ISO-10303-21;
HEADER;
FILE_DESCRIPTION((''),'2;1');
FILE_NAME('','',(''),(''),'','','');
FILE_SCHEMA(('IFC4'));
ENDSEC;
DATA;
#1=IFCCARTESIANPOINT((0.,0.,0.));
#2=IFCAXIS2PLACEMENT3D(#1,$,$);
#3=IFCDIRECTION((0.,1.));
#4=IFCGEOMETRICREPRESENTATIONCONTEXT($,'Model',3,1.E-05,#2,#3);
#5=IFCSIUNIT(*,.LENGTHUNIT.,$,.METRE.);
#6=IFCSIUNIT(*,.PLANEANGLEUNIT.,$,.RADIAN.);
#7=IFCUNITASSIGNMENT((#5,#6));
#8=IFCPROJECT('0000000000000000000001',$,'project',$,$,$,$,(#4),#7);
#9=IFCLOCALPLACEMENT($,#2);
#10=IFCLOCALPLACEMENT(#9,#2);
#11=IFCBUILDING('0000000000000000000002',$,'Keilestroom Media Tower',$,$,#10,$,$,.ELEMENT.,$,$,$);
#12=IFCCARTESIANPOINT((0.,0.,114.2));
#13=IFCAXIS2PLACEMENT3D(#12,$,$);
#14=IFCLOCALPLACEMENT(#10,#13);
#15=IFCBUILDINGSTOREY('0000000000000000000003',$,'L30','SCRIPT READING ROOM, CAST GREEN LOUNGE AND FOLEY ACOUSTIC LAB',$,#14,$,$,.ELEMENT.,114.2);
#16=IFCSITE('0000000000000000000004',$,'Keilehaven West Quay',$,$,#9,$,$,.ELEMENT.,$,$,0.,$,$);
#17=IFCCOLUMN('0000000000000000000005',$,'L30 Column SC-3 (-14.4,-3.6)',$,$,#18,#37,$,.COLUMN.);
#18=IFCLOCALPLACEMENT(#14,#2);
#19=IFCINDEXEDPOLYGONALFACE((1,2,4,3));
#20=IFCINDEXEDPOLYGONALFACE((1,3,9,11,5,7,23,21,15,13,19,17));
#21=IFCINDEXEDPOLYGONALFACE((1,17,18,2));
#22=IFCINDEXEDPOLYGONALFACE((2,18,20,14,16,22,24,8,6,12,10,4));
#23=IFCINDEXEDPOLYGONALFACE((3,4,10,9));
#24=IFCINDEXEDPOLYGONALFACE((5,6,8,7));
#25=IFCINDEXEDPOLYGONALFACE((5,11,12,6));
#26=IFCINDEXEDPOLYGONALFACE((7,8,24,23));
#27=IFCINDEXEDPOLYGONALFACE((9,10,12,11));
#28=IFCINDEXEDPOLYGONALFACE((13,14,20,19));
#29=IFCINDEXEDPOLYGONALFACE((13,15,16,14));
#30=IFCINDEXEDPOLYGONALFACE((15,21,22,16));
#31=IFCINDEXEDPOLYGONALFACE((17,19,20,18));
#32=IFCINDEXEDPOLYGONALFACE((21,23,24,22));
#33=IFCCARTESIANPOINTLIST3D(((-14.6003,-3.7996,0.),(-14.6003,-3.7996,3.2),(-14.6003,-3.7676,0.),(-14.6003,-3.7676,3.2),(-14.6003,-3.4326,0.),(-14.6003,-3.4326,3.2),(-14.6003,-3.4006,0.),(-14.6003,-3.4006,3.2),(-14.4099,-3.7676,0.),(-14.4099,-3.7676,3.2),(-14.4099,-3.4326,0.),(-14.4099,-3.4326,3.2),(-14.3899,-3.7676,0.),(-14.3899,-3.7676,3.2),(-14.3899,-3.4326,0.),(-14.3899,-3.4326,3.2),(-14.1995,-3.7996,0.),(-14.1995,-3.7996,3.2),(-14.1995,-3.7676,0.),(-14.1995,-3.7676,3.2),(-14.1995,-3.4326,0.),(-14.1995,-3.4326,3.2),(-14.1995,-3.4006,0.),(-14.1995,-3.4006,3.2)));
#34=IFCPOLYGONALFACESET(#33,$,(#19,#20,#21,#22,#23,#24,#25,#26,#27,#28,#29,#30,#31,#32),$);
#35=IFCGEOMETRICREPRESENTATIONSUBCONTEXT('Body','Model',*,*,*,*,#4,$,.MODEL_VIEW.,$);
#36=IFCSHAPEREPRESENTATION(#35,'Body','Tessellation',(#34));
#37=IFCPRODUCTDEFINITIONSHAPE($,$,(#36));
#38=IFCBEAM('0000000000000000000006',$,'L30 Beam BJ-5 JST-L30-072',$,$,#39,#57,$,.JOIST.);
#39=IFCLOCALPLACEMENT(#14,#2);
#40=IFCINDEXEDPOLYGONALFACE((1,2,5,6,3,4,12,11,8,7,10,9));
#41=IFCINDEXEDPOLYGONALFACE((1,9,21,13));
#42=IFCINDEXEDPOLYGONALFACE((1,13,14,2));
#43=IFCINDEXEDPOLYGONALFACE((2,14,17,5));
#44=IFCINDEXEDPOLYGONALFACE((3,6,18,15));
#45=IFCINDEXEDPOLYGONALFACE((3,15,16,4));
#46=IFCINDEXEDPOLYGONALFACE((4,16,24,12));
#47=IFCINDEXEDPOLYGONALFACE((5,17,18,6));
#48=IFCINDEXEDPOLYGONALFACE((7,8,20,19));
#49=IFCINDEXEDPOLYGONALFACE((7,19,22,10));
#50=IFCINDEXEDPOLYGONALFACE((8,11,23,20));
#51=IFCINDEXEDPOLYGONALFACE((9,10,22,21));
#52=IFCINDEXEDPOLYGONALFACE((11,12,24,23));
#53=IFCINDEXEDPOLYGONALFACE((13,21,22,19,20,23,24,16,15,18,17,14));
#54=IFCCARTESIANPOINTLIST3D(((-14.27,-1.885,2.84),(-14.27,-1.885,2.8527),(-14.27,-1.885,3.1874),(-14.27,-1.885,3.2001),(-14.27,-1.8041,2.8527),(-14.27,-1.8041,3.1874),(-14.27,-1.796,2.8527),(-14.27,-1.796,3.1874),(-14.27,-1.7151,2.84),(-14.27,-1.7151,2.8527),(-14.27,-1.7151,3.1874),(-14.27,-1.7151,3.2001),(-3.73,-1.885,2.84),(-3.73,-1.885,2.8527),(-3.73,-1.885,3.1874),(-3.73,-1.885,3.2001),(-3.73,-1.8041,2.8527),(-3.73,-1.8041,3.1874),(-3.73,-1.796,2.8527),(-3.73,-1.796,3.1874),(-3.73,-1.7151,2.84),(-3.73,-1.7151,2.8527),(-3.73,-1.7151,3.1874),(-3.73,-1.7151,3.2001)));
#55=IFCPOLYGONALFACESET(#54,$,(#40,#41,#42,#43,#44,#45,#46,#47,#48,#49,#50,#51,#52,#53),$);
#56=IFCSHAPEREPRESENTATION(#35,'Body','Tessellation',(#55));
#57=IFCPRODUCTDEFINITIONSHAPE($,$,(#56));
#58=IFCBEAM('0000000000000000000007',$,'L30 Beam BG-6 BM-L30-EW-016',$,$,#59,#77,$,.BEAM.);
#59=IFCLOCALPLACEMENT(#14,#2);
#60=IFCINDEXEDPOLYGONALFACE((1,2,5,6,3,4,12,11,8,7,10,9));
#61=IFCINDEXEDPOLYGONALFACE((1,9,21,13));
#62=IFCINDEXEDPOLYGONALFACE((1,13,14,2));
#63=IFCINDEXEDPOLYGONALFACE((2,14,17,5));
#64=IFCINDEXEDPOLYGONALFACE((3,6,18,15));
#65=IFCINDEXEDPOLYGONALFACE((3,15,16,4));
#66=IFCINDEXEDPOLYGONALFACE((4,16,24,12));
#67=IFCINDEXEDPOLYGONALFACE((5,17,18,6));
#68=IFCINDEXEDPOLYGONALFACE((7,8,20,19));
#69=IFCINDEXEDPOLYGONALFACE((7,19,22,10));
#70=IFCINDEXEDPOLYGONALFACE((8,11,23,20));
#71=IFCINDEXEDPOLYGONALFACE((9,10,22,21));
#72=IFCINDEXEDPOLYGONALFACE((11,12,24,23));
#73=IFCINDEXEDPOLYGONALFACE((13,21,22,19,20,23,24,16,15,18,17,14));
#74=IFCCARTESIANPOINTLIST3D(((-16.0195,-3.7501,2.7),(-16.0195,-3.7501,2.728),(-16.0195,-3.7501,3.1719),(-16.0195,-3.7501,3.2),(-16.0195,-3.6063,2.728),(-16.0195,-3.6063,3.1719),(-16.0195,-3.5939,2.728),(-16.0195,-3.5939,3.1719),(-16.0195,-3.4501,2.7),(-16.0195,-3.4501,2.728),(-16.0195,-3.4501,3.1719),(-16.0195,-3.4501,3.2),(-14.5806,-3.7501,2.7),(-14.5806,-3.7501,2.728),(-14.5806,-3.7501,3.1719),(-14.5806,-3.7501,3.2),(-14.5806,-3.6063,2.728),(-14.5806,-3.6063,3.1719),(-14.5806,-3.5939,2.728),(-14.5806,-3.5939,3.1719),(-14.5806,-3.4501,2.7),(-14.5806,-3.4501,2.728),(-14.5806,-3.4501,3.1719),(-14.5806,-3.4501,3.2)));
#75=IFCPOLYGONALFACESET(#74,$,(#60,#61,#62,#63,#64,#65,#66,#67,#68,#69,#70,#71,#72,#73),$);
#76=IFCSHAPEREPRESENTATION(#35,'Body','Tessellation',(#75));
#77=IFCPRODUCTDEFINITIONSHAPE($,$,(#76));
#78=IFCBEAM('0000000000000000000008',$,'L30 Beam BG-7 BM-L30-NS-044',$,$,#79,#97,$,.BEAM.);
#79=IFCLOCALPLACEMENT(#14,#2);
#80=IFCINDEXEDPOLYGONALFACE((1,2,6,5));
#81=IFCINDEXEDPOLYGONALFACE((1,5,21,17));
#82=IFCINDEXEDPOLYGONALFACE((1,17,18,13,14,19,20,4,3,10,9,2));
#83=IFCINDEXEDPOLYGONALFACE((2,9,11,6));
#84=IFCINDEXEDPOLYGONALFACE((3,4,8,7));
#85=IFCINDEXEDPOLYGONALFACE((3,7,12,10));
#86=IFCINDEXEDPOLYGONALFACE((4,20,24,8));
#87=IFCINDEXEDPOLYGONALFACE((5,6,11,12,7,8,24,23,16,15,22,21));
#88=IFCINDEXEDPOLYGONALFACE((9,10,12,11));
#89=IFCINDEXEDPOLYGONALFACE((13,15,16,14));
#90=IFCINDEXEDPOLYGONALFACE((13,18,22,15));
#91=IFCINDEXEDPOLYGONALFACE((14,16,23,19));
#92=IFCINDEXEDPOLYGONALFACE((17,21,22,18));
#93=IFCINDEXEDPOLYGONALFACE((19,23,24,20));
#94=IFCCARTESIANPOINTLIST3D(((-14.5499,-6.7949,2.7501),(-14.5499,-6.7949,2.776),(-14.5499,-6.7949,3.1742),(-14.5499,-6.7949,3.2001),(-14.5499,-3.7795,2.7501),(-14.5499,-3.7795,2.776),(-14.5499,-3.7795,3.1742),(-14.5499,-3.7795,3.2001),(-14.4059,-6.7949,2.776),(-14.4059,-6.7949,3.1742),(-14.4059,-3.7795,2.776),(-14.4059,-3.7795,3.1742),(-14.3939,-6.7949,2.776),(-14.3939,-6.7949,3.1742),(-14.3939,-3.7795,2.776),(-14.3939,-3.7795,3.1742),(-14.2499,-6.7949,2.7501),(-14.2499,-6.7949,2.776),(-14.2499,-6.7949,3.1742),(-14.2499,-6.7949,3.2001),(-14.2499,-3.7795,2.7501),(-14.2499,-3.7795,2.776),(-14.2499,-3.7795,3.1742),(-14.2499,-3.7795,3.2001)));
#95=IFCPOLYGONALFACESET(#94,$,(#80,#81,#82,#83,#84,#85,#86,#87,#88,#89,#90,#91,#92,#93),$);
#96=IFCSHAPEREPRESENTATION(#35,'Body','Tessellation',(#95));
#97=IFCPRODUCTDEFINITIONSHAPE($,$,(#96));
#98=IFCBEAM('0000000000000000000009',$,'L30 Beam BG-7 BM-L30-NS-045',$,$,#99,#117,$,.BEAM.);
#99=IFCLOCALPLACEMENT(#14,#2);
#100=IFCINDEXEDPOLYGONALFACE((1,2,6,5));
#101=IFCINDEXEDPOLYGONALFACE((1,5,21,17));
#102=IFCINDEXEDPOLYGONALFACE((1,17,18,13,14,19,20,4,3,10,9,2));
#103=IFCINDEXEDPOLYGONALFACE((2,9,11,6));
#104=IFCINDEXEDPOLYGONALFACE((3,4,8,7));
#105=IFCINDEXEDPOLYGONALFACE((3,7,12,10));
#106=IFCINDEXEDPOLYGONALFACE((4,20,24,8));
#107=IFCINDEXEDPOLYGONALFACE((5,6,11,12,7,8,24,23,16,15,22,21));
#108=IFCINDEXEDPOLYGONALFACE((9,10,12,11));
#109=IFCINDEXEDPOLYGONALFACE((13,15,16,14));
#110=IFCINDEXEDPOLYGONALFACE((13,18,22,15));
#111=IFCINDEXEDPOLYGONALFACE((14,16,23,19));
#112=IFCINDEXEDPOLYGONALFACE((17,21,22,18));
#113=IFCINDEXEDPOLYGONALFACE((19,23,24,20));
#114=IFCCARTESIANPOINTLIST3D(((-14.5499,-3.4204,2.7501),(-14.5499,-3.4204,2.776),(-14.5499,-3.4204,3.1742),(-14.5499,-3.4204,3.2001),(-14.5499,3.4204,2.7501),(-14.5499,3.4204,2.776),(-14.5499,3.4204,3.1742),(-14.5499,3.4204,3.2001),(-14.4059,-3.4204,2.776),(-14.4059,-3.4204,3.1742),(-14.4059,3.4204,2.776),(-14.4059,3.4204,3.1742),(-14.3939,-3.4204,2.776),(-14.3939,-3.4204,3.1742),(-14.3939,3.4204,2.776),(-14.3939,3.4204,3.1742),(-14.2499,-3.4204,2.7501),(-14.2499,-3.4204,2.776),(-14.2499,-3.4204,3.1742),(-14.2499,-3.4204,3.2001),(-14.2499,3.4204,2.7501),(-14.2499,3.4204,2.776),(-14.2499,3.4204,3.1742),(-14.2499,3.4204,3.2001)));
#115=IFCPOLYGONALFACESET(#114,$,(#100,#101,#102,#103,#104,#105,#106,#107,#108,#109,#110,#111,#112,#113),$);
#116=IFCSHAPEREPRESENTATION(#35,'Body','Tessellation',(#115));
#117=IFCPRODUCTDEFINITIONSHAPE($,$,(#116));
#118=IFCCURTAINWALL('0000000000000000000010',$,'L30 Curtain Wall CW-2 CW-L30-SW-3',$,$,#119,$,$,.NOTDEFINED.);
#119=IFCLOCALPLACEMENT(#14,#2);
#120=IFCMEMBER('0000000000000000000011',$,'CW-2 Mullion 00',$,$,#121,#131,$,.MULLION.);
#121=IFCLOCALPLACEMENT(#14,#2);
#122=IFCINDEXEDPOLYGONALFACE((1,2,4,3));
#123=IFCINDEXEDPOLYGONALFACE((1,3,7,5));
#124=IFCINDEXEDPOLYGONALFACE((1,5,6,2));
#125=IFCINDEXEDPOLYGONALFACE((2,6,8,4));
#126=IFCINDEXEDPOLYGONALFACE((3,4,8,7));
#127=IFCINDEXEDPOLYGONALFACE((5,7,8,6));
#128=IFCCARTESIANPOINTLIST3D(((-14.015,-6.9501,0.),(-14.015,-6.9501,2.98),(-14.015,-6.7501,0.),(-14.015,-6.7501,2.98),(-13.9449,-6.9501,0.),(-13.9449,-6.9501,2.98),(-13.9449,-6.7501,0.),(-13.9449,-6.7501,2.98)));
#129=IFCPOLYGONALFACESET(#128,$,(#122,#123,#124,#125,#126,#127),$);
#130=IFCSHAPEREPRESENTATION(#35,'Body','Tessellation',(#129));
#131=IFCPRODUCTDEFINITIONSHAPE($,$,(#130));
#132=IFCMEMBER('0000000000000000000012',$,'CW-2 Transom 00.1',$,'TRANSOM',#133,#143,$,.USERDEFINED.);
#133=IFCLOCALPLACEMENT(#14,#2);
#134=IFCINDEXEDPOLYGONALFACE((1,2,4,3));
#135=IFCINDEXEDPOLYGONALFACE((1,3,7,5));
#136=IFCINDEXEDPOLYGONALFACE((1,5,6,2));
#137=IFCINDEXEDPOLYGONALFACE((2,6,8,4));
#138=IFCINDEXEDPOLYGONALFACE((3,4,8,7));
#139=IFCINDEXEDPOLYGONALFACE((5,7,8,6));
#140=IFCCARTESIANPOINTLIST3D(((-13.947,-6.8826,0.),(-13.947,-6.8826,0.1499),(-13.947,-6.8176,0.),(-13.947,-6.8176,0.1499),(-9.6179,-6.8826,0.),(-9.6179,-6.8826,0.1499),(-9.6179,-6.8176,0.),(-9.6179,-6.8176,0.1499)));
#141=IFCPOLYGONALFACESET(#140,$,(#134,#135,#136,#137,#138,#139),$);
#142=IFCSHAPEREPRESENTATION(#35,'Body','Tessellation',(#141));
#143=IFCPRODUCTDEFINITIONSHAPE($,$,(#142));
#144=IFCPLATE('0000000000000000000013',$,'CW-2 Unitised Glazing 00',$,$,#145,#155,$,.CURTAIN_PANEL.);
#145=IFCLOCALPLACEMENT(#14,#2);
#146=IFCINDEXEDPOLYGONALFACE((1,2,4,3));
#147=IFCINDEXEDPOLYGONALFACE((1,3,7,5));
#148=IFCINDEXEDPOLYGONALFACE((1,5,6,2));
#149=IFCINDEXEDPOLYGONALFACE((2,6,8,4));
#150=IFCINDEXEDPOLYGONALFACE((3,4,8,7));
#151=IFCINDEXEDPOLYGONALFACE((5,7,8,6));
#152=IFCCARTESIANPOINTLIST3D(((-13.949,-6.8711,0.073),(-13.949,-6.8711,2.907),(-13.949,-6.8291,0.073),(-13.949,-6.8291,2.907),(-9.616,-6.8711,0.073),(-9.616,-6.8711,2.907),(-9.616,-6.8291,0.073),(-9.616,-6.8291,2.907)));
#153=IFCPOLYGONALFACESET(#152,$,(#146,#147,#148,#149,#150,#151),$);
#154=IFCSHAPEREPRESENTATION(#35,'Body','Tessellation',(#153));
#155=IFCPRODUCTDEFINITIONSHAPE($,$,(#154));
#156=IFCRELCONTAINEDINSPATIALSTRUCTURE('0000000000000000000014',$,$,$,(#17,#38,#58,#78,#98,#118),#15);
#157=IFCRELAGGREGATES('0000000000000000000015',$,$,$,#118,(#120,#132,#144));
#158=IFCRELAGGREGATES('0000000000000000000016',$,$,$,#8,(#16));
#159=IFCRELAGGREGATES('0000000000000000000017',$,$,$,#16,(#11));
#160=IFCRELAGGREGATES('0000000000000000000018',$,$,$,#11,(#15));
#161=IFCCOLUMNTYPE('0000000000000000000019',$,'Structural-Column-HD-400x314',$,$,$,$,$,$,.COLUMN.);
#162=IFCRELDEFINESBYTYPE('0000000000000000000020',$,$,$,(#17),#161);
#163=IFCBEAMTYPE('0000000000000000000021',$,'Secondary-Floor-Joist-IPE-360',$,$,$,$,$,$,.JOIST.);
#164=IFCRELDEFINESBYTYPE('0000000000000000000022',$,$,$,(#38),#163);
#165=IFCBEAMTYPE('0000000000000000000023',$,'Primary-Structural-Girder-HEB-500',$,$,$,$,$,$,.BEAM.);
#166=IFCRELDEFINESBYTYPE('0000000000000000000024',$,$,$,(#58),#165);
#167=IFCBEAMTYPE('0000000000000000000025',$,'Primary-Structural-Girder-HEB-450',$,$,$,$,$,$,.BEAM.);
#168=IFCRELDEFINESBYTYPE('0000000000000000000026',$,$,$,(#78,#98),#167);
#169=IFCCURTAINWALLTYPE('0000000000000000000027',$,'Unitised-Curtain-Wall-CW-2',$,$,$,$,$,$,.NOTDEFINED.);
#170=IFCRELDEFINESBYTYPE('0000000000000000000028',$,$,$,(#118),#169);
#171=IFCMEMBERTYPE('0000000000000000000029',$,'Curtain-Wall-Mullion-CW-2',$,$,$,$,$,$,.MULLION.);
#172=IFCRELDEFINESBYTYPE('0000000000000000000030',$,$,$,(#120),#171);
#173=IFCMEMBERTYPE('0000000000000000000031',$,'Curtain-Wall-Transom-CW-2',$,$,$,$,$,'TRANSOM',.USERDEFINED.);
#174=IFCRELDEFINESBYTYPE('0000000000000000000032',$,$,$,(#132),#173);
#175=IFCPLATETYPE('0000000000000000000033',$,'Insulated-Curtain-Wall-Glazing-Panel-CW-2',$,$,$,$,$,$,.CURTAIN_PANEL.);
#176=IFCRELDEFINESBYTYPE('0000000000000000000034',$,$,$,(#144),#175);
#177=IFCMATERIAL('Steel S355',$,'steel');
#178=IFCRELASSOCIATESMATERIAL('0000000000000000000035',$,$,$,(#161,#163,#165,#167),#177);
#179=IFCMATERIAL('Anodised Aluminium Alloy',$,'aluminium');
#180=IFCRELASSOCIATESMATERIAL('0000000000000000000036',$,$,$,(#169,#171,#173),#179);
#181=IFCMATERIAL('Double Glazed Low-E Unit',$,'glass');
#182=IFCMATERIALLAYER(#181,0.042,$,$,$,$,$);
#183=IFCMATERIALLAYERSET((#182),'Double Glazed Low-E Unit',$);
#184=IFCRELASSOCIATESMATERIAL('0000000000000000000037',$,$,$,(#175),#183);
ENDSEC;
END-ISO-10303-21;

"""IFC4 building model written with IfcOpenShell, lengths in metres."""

from ifc_helpers import new_model, si_unit, direction, frame, origin, origin_2d, place, context, subcontext, project, spatial, rectangle, i_section, extrude, source, transform, mapped, material, layer, layer_set, material_profile, profile_set, type_object, element, aggregate, save


model = new_model("IFC4")

# Units and contexts
model_context = context("Model", 3, precision=1e-05, world=origin(), true_north=direction((0.0, 1.0)))
body_context = subcontext(model_context, "Body", "Model", "MODEL_VIEW")
ifc_project = project(units=[si_unit("LENGTHUNIT", "METRE"), si_unit("PLANEANGLEUNIT", "RADIAN")], contexts=[model_context])

# Site, building, storey
site_placement = place(None, origin())
site = spatial("IfcSite", under=ifc_project, at=site_placement, Name="Keilehaven West Quay", CompositionType="ELEMENT", RefElevation=0.0)
building_placement = place(site_placement, origin())
building = spatial("IfcBuilding", under=site, at=building_placement, Name="Keilestroom Media Tower", CompositionType="ELEMENT")
storey_placement = place(building_placement, frame((0.0, 0.0, 114.2)))
storey = spatial("IfcBuildingStorey", under=building, at=storey_placement, Name="L30", Description="SCRIPT READING ROOM, CAST GREEN LOUNGE AND FOLEY ACOUSTIC LAB", CompositionType="ELEMENT", Elevation=114.2)

# Column
ifc_material_1 = material(Name="Steel S355", Category="steel")
ifc_material_profile_1 = material_profile(ifc_material_1, i_section(OverallWidth=0.4009, OverallDepth=0.3989, WebThickness=0.02, FlangeThickness=0.032, at=origin_2d()), Name="HD 400x314")
ifc_profile_set_1 = profile_set([ifc_material_profile_1], Name="Steel S355")
column_type = type_object("IfcColumnType", Name="Structural-Column-HD-400x314", PredefinedType="COLUMN", material=ifc_profile_set_1)
shared_shape_1 = source(origin(), body_context, "Body", "SweptSolid", [
    extrude(i_section(OverallWidth=0.4009, OverallDepth=0.3989, WebThickness=0.02, FlangeThickness=0.032, at=origin_2d()), origin(), (0.0, 0.0, 1.0), 3.2),
])
column_placement = place(storey_placement, frame((-14.3999, -3.6001, 0.0), z_axis=(0.0, 0.0, 1.0), x_axis=(1.0, 0.0, 0.0)))
element("IfcColumn", 1, at=column_placement, inside=storey, type_object=column_type, Name="L30 Column SC-3 (-14.4,-3.6)", PredefinedType="COLUMN", context=body_context, shape_type="MappedRepresentation", body=[
    mapped(shared_shape_1, transform((0.0, 0.0, 0.0), x_axis=(1.0, 0.0, 0.0), y_axis=(0.0, 1.0, 0.0), z_axis=(0.0, 0.0, 1.0), scale=1.0)),
])

# Beams
ifc_material_profile_2 = material_profile(ifc_material_1, i_section(OverallWidth=0.1699, OverallDepth=0.3601, WebThickness=0.0081, FlangeThickness=0.0127, at=origin_2d()), Name="IPE 360")
ifc_profile_set_2 = profile_set([ifc_material_profile_2], Name="Steel S355")
beam_type_1 = type_object("IfcBeamType", Name="Secondary-Floor-Joist-IPE-360", PredefinedType="JOIST", material=ifc_profile_set_2)
shared_shape_2 = source(origin(), body_context, "Body", "SweptSolid", [
    extrude(i_section(OverallWidth=0.1699, OverallDepth=0.3601, WebThickness=0.0081, FlangeThickness=0.0127, at=origin_2d()), origin(), (0.0, 0.0, 1.0), 10.54),
])
beam_1_placement = place(storey_placement, frame((-14.27, -1.8, 3.02), z_axis=(1.0, 0.0, 0.0), x_axis=(0.0, 1.0, 0.0)))
element("IfcBeam", 2, at=beam_1_placement, inside=storey, type_object=beam_type_1, Name="L30 Beam BJ-5 JST-L30-072", PredefinedType="JOIST", context=body_context, shape_type="MappedRepresentation", body=[
    mapped(shared_shape_2, transform((0.0, 0.0, 0.0), x_axis=(1.0, 0.0, 0.0), y_axis=(0.0, 1.0, 0.0), z_axis=(0.0, 0.0, 1.0), scale=1.0)),
])
ifc_material_profile_3 = material_profile(ifc_material_1, i_section(OverallWidth=0.3, OverallDepth=0.5, WebThickness=0.0125, FlangeThickness=0.0281, at=origin_2d()), Name="HEB 500")
ifc_profile_set_3 = profile_set([ifc_material_profile_3], Name="Steel S355")
beam_type_2 = type_object("IfcBeamType", Name="Primary-Structural-Girder-HEB-500", PredefinedType="BEAM", material=ifc_profile_set_3)
shared_shape_3 = source(origin(), body_context, "Body", "SweptSolid", [
    extrude(i_section(OverallWidth=0.3, OverallDepth=0.5, WebThickness=0.0125, FlangeThickness=0.0281, at=origin_2d()), origin(), (0.0, 0.0, 1.0), 1.439),
])
beam_2_placement = place(storey_placement, frame((-16.0195, -3.6001, 2.95), z_axis=(1.0, 0.0, 0.0), x_axis=(0.0, 1.0, 0.0)))
element("IfcBeam", 3, at=beam_2_placement, inside=storey, type_object=beam_type_2, Name="L30 Beam BG-6 BM-L30-EW-016", PredefinedType="BEAM", context=body_context, shape_type="MappedRepresentation", body=[
    mapped(shared_shape_3, transform((0.0, 0.0, 0.0), x_axis=(1.0, 0.0, 0.0), y_axis=(0.0, 1.0, 0.0), z_axis=(0.0, 0.0, 1.0), scale=1.0)),
])
ifc_material_profile_4 = material_profile(ifc_material_1, i_section(OverallWidth=0.3, OverallDepth=0.45, WebThickness=0.012, FlangeThickness=0.0259, at=origin_2d()), Name="HEB 450")
ifc_profile_set_4 = profile_set([ifc_material_profile_4], Name="Steel S355")
beam_type_3 = type_object("IfcBeamType", Name="Primary-Structural-Girder-HEB-450", PredefinedType="BEAM", material=ifc_profile_set_4)
shared_shape_4 = source(origin(), body_context, "Body", "SweptSolid", [
    extrude(i_section(OverallWidth=0.3, OverallDepth=0.45, WebThickness=0.012, FlangeThickness=0.0259, at=origin_2d()), origin(), (0.0, 0.0, 1.0), 3.0154),
])
beam_3_placement = place(storey_placement, frame((-14.3999, -6.7949, 2.9751), z_axis=(0.0, 1.0, 0.0), x_axis=(-1.0, 0.0, 0.0)))
element("IfcBeam", 4, at=beam_3_placement, inside=storey, type_object=beam_type_3, Name="L30 Beam BG-7 BM-L30-NS-044", PredefinedType="BEAM", context=body_context, shape_type="MappedRepresentation", body=[
    mapped(shared_shape_4, transform((0.0, 0.0, 0.0), x_axis=(1.0, 0.0, 0.0), y_axis=(0.0, 1.0, 0.0), z_axis=(0.0, 0.0, 1.0), scale=1.0)),
])
shared_shape_5 = source(origin(), body_context, "Body", "SweptSolid", [
    extrude(i_section(OverallWidth=0.3, OverallDepth=0.45, WebThickness=0.012, FlangeThickness=0.0259, at=origin_2d()), origin(), (0.0, 0.0, 1.0), 6.8408),
])
beam_4_placement = place(storey_placement, frame((-14.3999, -3.4204, 2.9751), z_axis=(0.0, 1.0, 0.0), x_axis=(-1.0, 0.0, 0.0)))
element("IfcBeam", 5, at=beam_4_placement, inside=storey, type_object=beam_type_3, Name="L30 Beam BG-7 BM-L30-NS-045", PredefinedType="BEAM", context=body_context, shape_type="MappedRepresentation", body=[
    mapped(shared_shape_5, transform((0.0, 0.0, 0.0), x_axis=(1.0, 0.0, 0.0), y_axis=(0.0, 1.0, 0.0), z_axis=(0.0, 0.0, 1.0), scale=1.0)),
])

# Curtain wall, members, plate
ifc_material_2 = material(Name="Anodised Aluminium Alloy", Category="aluminium")
curtain_wall_type = type_object("IfcCurtainWallType", Name="Unitised-Curtain-Wall-CW-2", PredefinedType="NOTDEFINED", material=ifc_material_2)
curtain_wall_placement = place(storey_placement, origin())
curtain_wall = element("IfcCurtainWall", 6, at=curtain_wall_placement, inside=storey, type_object=curtain_wall_type, Name="L30 Curtain Wall CW-2 CW-L30-SW-3", PredefinedType="NOTDEFINED")
ifc_material_profile_5 = material_profile(ifc_material_2, rectangle(XDim=0.0701, YDim=0.2, at=origin_2d()), Name="ALU MULLION 70x200")
ifc_profile_set_5 = profile_set([ifc_material_profile_5], Name="Anodised Aluminium Alloy")
member_type_1 = type_object("IfcMemberType", Name="Curtain-Wall-Mullion-CW-2", PredefinedType="MULLION", material=ifc_profile_set_5)
shared_shape_6 = source(origin(), body_context, "Body", "SweptSolid", [
    extrude(rectangle(XDim=0.0701, YDim=0.2, at=origin_2d()), origin(), (0.0, 0.0, 1.0), 2.98),
])
member_1_placement = place(storey_placement, frame((-13.98, -6.8501, 0.0), z_axis=(0.0, 0.0, 1.0), x_axis=(1.0, 0.0, 0.0)))
member_1 = element("IfcMember", 7, at=member_1_placement, type_object=member_type_1, Name="CW-2 Mullion 00", PredefinedType="MULLION", context=body_context, shape_type="MappedRepresentation", body=[
    mapped(shared_shape_6, transform((0.0, 0.0, 0.0), x_axis=(1.0, 0.0, 0.0), y_axis=(0.0, 1.0, 0.0), z_axis=(0.0, 0.0, 1.0), scale=1.0)),
])
ifc_material_profile_6 = material_profile(ifc_material_2, rectangle(XDim=0.0649, YDim=0.1499, at=origin_2d()), Name="ALU TRANSOM 65x150")
ifc_profile_set_6 = profile_set([ifc_material_profile_6], Name="Anodised Aluminium Alloy")
member_type_2 = type_object("IfcMemberType", Name="Curtain-Wall-Transom-CW-2", ElementType="TRANSOM", PredefinedType="USERDEFINED", material=ifc_profile_set_6)
shared_shape_7 = source(origin(), body_context, "Body", "SweptSolid", [
    extrude(rectangle(XDim=0.0649, YDim=0.1499, at=origin_2d()), origin(), (0.0, 0.0, 1.0), 4.3291),
])
member_2_placement = place(storey_placement, frame((-13.947, -6.8501, 0.075), z_axis=(1.0, 0.0, 0.0), x_axis=(0.0, 1.0, 0.0)))
member_2 = element("IfcMember", 8, at=member_2_placement, type_object=member_type_2, Name="CW-2 Transom 00.1", ObjectType="TRANSOM", PredefinedType="USERDEFINED", context=body_context, shape_type="MappedRepresentation", body=[
    mapped(shared_shape_7, transform((0.0, 0.0, 0.0), x_axis=(1.0, 0.0, 0.0), y_axis=(0.0, 1.0, 0.0), z_axis=(0.0, 0.0, 1.0), scale=1.0)),
])
ifc_material_3 = material(Name="Double Glazed Low-E Unit", Category="glass")
ifc_layer_1 = layer(ifc_material_3, 0.042)
ifc_layer_set_1 = layer_set([ifc_layer_1], Name="Double Glazed Low-E Unit")
plate_type = type_object("IfcPlateType", Name="Insulated-Curtain-Wall-Glazing-Panel-CW-2", PredefinedType="CURTAIN_PANEL", material=ifc_layer_set_1)
shared_shape_8 = source(origin(), body_context, "Body", "SweptSolid", [
    extrude(rectangle(XDim=4.333, YDim=0.042, at=origin_2d()), origin(), (0.0, 0.0, 1.0), 2.834),
])
plate_placement = place(storey_placement, frame((-11.7825, -6.8501, 0.073), z_axis=(0.0, 0.0, 1.0), x_axis=(1.0, 0.0, 0.0)))
plate = element("IfcPlate", 9, at=plate_placement, type_object=plate_type, Name="CW-2 Unitised Glazing 00", PredefinedType="CURTAIN_PANEL", context=body_context, shape_type="MappedRepresentation", body=[
    mapped(shared_shape_8, transform((0.0, 0.0, 0.0), x_axis=(1.0, 0.0, 0.0), y_axis=(0.0, 1.0, 0.0), z_axis=(0.0, 0.0, 1.0), scale=1.0)),
])
aggregate(curtain_wall, [member_1, member_2, plate])

save(model, "model.ifc")
